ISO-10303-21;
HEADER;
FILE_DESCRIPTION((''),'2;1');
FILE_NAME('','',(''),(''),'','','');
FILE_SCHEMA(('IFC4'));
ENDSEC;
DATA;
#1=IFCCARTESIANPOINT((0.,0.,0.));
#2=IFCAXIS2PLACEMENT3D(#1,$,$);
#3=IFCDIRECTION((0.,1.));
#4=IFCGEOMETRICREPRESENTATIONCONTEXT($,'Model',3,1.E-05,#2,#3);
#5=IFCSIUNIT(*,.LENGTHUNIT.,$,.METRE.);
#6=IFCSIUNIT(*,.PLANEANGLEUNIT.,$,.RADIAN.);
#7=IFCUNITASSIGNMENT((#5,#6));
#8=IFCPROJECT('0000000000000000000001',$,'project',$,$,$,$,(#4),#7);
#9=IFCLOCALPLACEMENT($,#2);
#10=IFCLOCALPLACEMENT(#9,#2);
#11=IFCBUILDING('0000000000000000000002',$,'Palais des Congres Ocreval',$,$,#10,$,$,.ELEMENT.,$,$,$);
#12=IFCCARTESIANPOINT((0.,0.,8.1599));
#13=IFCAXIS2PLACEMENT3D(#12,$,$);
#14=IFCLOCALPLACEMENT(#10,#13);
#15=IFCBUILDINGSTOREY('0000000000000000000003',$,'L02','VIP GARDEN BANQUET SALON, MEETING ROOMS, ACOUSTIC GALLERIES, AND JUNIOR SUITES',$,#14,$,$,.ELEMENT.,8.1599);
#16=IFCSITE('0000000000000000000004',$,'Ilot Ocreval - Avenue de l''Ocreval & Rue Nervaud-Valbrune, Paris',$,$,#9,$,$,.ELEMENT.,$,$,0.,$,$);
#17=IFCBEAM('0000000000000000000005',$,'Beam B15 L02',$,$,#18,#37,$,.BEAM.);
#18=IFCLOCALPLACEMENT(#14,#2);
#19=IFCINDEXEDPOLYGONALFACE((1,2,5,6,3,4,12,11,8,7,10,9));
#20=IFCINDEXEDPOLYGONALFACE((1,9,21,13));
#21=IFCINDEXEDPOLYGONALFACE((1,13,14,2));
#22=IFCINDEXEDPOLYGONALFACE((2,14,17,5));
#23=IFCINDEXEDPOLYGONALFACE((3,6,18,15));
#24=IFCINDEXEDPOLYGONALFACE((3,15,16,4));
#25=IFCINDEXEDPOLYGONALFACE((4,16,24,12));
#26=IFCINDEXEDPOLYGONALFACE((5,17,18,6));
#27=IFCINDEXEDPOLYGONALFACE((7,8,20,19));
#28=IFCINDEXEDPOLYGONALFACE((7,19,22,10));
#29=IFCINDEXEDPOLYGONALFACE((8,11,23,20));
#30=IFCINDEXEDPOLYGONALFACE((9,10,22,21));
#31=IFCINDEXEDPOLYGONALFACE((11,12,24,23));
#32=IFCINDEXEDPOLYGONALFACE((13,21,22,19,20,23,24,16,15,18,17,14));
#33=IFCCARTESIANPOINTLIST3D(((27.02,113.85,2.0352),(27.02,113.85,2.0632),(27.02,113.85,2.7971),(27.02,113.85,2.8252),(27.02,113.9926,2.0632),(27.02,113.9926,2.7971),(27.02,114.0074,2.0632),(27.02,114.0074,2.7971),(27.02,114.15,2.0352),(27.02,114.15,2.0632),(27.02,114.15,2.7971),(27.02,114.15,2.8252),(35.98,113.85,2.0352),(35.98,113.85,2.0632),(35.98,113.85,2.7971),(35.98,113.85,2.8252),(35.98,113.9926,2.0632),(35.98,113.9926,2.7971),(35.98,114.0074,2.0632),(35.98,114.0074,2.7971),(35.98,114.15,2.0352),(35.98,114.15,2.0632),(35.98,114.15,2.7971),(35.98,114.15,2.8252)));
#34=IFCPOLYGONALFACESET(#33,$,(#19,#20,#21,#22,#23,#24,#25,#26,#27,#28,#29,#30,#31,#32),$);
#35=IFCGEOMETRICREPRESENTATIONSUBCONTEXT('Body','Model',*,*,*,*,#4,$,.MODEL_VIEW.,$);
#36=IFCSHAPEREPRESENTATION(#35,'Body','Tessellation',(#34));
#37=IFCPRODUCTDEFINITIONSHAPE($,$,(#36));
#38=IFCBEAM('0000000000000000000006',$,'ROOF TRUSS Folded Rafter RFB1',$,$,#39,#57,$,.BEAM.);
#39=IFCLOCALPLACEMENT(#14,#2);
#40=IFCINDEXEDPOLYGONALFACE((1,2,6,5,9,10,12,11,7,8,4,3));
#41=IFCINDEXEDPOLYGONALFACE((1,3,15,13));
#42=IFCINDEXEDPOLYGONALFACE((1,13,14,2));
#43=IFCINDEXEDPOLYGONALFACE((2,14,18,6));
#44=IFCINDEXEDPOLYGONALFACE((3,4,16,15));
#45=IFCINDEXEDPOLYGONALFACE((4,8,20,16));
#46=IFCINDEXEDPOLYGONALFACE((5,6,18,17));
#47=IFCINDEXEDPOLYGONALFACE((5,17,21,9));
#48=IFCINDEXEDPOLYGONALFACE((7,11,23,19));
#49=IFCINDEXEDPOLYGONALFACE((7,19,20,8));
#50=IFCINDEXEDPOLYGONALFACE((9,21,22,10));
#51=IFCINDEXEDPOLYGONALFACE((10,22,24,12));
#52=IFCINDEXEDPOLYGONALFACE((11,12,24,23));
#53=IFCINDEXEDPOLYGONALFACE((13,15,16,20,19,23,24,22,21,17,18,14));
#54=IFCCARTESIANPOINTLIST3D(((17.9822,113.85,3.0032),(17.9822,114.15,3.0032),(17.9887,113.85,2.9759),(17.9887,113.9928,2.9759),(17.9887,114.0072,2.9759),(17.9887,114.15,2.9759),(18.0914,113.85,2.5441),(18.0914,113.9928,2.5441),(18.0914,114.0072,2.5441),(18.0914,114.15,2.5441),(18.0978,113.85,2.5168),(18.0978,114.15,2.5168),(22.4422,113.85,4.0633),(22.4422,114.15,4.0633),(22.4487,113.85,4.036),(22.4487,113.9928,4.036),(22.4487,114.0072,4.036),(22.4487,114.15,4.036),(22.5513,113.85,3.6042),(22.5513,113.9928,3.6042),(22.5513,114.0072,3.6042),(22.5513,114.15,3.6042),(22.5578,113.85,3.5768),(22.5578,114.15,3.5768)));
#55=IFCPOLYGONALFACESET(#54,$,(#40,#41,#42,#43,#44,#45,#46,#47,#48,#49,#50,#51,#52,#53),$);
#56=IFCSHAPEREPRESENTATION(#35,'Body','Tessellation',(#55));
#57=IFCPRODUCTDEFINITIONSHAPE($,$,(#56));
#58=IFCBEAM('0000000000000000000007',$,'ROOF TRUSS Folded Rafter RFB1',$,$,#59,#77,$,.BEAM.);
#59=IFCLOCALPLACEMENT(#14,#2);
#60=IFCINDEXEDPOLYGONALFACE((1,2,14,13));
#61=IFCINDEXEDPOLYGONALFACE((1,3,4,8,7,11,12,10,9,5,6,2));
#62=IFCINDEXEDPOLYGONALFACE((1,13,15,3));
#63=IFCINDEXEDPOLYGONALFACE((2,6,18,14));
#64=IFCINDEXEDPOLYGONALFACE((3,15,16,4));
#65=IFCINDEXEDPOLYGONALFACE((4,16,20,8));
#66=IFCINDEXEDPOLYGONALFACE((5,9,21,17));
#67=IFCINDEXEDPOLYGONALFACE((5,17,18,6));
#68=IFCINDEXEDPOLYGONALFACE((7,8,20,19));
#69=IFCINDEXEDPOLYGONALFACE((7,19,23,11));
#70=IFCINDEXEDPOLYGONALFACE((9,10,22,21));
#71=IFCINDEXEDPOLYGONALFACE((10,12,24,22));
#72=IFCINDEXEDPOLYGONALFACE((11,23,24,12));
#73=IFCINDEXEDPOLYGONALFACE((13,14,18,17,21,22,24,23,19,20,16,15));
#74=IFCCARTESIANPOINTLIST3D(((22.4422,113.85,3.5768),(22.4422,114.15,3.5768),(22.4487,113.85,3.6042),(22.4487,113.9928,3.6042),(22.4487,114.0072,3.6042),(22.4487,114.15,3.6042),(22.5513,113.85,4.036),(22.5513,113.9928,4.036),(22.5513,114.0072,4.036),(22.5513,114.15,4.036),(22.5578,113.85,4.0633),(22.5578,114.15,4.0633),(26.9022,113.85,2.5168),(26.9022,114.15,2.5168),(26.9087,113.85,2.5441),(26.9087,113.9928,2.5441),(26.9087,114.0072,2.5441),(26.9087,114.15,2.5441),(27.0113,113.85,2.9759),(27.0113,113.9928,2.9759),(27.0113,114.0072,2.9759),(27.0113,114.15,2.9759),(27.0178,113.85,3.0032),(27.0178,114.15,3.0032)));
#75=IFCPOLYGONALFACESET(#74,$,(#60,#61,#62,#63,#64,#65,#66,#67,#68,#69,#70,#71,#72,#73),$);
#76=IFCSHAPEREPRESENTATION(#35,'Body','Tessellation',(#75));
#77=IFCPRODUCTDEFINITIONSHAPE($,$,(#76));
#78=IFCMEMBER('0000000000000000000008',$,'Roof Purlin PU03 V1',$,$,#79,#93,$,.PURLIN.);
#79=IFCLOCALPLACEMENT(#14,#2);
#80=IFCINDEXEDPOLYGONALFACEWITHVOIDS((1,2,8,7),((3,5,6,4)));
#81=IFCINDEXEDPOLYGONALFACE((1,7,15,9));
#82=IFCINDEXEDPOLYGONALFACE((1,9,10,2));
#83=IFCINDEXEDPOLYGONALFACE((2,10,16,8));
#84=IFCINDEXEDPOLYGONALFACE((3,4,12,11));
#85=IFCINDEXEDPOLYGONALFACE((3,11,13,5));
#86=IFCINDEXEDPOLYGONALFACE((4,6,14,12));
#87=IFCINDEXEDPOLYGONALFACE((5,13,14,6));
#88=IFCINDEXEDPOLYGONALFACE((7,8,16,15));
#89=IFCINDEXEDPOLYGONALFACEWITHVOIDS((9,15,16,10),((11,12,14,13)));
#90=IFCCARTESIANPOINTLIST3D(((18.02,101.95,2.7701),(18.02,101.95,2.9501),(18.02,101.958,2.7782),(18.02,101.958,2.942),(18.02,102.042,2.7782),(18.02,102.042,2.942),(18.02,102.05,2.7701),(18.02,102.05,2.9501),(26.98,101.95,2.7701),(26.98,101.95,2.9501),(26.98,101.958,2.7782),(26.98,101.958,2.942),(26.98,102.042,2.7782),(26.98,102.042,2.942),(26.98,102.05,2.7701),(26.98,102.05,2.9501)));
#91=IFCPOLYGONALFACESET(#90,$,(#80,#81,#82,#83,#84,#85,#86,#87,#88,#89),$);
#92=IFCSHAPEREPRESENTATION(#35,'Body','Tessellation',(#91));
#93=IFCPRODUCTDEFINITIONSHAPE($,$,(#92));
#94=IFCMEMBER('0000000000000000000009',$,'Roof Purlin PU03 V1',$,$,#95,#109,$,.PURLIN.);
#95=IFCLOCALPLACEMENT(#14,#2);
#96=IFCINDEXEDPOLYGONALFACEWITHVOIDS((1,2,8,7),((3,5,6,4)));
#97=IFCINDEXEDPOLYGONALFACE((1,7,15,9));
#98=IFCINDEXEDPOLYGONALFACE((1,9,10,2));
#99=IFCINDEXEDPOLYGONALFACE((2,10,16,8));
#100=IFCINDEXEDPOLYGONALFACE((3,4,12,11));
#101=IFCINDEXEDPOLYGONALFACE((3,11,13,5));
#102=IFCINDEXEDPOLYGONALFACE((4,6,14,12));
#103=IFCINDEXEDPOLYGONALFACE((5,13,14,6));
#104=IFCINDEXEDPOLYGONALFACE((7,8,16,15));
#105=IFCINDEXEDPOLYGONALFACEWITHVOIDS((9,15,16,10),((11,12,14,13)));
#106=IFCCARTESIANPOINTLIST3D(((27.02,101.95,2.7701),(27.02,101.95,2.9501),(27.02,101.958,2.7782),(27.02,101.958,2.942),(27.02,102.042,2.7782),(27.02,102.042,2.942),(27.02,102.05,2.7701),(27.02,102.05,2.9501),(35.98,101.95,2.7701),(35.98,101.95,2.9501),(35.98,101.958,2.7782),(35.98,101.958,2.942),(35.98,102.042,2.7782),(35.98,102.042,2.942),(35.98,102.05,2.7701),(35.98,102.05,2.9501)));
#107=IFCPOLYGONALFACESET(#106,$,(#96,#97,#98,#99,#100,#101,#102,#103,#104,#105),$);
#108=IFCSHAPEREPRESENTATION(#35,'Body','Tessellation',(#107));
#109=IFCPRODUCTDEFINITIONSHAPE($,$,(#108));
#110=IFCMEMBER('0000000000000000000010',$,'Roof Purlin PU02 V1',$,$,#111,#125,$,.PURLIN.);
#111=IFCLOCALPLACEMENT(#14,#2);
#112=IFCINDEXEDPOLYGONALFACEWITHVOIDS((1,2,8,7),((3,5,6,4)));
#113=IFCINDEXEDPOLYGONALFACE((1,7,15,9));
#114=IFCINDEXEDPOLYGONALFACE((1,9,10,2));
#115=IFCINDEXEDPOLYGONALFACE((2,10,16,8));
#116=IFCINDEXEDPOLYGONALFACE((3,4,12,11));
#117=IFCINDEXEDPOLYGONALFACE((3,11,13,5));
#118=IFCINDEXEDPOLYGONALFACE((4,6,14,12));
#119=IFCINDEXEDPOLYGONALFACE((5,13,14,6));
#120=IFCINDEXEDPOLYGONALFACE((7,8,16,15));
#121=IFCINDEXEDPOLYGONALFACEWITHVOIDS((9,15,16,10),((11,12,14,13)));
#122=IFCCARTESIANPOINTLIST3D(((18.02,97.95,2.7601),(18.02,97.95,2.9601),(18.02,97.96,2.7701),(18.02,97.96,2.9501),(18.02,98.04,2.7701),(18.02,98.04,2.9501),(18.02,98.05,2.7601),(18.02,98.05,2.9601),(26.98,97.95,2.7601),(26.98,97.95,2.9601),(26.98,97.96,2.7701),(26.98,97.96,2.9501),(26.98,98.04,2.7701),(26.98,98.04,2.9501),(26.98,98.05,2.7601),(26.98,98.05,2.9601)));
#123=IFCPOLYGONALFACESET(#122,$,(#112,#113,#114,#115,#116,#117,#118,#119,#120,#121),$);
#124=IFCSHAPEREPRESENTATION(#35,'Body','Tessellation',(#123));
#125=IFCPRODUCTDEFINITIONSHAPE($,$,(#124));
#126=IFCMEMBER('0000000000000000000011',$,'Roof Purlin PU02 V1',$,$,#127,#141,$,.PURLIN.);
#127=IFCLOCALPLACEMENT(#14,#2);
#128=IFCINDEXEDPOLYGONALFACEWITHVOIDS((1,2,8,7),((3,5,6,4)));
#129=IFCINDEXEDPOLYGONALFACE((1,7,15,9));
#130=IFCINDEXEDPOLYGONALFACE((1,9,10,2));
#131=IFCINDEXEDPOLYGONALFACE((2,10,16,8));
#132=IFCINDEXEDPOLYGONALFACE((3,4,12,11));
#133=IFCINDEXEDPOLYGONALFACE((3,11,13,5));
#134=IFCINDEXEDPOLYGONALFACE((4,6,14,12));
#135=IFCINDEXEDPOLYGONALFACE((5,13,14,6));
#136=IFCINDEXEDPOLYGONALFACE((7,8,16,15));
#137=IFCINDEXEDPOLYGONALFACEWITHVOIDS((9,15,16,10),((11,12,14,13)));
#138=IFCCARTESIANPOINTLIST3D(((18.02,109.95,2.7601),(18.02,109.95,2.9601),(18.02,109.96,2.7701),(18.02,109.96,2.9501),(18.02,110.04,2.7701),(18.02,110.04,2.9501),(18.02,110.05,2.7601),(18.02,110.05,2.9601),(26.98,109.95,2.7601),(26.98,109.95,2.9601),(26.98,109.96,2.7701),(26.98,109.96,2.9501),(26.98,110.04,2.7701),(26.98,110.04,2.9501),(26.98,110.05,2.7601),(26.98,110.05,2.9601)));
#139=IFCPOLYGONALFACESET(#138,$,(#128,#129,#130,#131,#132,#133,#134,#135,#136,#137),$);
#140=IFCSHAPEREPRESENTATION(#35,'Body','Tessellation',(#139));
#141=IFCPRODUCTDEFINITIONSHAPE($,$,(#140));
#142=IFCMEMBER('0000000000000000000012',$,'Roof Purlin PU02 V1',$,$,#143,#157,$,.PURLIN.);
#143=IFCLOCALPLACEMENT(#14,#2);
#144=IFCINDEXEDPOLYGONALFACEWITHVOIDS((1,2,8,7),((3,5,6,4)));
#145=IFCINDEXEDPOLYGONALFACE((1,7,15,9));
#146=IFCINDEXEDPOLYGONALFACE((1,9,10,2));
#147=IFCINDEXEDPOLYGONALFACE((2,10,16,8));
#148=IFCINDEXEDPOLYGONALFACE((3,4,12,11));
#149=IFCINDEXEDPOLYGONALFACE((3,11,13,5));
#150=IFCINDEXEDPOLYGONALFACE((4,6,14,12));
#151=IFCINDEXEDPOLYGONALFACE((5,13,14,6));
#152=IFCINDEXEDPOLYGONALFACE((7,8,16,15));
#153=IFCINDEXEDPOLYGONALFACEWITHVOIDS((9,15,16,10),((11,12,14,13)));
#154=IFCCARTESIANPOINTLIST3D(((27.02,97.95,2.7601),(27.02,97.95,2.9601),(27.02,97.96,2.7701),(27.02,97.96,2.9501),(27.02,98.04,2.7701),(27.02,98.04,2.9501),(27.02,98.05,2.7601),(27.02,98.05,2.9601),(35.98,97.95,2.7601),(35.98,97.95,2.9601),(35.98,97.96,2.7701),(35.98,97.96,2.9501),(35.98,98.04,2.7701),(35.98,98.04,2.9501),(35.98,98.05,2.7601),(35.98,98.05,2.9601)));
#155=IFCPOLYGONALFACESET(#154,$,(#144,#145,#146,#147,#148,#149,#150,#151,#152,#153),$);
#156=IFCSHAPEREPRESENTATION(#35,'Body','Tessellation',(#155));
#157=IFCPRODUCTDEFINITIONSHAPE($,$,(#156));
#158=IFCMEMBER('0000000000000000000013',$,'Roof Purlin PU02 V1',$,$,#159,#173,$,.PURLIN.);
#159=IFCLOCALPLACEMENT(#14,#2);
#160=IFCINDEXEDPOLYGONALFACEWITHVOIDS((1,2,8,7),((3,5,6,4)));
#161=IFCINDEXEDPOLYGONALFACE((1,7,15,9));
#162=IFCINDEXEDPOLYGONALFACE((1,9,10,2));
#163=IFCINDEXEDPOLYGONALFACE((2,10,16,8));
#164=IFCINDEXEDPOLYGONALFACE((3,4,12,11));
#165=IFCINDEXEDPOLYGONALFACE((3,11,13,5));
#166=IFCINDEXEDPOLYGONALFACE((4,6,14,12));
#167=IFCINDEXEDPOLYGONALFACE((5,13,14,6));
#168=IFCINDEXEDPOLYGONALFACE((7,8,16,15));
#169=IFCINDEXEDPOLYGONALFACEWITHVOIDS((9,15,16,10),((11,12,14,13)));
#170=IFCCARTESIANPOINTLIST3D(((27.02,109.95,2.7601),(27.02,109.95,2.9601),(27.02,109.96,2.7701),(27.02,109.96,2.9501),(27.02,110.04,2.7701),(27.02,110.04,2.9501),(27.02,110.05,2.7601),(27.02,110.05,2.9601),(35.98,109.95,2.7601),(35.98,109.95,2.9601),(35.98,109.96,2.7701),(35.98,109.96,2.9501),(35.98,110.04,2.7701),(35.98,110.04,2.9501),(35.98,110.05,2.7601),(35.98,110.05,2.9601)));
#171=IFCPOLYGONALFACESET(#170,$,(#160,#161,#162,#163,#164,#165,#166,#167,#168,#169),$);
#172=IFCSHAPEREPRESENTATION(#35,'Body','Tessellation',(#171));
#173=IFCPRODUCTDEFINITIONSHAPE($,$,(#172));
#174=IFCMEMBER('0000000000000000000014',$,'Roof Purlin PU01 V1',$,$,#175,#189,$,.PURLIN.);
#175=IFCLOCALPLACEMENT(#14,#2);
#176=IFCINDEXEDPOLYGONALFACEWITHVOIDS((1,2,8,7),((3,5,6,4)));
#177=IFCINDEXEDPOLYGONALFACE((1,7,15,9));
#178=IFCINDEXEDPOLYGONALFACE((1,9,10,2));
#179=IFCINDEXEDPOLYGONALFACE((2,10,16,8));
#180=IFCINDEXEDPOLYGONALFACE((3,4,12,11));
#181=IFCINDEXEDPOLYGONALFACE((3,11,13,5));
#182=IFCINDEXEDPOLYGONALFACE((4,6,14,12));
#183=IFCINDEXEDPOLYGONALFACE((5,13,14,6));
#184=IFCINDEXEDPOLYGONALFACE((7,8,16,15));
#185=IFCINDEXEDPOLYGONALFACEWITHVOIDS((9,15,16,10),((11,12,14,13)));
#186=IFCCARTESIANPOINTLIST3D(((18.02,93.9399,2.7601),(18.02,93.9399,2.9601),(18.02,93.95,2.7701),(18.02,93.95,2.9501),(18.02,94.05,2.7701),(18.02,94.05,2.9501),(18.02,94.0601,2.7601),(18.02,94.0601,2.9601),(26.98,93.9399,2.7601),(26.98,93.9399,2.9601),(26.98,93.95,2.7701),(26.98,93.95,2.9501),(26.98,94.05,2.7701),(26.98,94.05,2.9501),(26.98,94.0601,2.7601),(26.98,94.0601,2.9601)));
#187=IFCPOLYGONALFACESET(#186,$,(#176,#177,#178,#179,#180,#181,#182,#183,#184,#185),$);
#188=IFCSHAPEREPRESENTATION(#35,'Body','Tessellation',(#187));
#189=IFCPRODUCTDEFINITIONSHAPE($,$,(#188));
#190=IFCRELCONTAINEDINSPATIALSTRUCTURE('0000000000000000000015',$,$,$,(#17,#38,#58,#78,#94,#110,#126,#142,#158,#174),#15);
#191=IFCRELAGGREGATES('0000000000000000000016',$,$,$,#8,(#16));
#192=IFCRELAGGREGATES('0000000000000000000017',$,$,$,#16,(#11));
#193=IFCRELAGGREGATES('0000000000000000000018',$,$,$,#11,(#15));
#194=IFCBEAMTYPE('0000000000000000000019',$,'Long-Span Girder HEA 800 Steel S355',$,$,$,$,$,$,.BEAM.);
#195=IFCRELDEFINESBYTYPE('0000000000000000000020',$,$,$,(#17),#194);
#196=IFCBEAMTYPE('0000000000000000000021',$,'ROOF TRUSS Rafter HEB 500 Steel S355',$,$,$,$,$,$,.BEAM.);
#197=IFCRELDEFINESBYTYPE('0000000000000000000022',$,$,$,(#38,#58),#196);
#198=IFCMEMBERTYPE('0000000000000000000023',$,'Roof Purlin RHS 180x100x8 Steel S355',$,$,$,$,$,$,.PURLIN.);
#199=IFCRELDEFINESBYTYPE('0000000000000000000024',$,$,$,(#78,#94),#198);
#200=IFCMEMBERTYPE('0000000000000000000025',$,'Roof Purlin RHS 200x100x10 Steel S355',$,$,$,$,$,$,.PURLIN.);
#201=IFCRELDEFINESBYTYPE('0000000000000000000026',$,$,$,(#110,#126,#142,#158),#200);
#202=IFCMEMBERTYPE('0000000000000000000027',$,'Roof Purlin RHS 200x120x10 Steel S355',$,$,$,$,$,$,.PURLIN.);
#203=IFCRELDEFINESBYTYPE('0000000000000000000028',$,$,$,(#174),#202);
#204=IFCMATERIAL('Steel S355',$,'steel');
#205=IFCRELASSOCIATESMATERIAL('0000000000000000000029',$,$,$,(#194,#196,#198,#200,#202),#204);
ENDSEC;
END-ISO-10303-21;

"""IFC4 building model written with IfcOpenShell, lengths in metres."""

from ifc_helpers import new_model, si_unit, direction, frame, origin, origin_2d, place, context, subcontext, project, spatial, hollow_rectangle, i_section, extrude, material, material_profile, profile_set, type_object, element, save


model = new_model("IFC4")

# Units and contexts
model_context = context("Model", 3, precision=1e-05, world=origin(), true_north=direction((0.0, 1.0)))
body_context = subcontext(model_context, "Body", "Model", "MODEL_VIEW")
ifc_project = project(units=[si_unit("LENGTHUNIT", "METRE"), si_unit("PLANEANGLEUNIT", "RADIAN")], contexts=[model_context])

# Site, building, storey
site_placement = place(None, origin())
site = spatial("IfcSite", under=ifc_project, at=site_placement, Name="Ilot Ocreval - Avenue de l'Ocreval & Rue Nervaud-Valbrune, Paris", CompositionType="ELEMENT", RefElevation=0.0)
building_placement = place(site_placement, origin())
building = spatial("IfcBuilding", under=site, at=building_placement, Name="Palais des Congres Ocreval", CompositionType="ELEMENT")
storey_placement = place(building_placement, frame((0.0, 0.0, 8.1599)))
storey = spatial("IfcBuildingStorey", under=building, at=storey_placement, Name="L02", Description="VIP GARDEN BANQUET SALON, MEETING ROOMS, ACOUSTIC GALLERIES, AND JUNIOR SUITES", CompositionType="ELEMENT", Elevation=8.1599)

# Shared definitions
ifc_material_1 = material(Name="Steel S355", Category="steel")

# Beams
ifc_material_profile_1 = material_profile(ifc_material_1, i_section(OverallWidth=0.3, OverallDepth=0.79, WebThickness=0.0149, FlangeThickness=0.0281, at=origin_2d()), Name="HEA 800")
ifc_profile_set_1 = profile_set([ifc_material_profile_1], Name="Steel S355")
beam_type_1 = type_object("IfcBeamType", Name="Long-Span Girder HEA 800 Steel S355", PredefinedType="BEAM", material=ifc_profile_set_1)
for number, where, z_axis, x_axis, name in (
    (1, (27.02, 114.0, 2.4302), (1.0, 0.0, 0.0), (0.0, 1.0, 0.0), "Beam B15 L02"),
):
    element("IfcBeam", number, at=place(storey_placement, frame(where, z_axis=z_axis, x_axis=x_axis)), inside=storey, type_object=beam_type_1, Name=name, PredefinedType="BEAM", context=body_context, shape_type="SweptSolid", body=[
        extrude(i_section(OverallWidth=0.3, OverallDepth=0.79, WebThickness=0.0149, FlangeThickness=0.0281, at=origin_2d()), origin(), (0.0, 0.0, 1.0), 8.96),
    ])
ifc_material_profile_2 = material_profile(ifc_material_1, i_section(OverallWidth=0.3, OverallDepth=0.5, WebThickness=0.0144, FlangeThickness=0.0281, at=origin_2d()), Name="HEB 500")
ifc_profile_set_2 = profile_set([ifc_material_profile_2], Name="Steel S355")
beam_type_2 = type_object("IfcBeamType", Name="ROOF TRUSS Rafter HEB 500 Steel S355", PredefinedType="BEAM", material=ifc_profile_set_2)
for number, where, z_axis, x_axis, name in (
    (2, (18.04, 114.0, 2.76), (0.972896, 0.0, 0.231241), (0.0, 1.0, 0.0), "ROOF TRUSS Folded Rafter RFB1"),
    (3, (22.5, 114.0, 3.8201), (0.972896, 0.0, -0.231241), (0.0, 1.0, 0.0), "ROOF TRUSS Folded Rafter RFB1"),
):
    element("IfcBeam", number, at=place(storey_placement, frame(where, z_axis=z_axis, x_axis=x_axis)), inside=storey, type_object=beam_type_2, Name=name, PredefinedType="BEAM", context=body_context, shape_type="SweptSolid", body=[
        extrude(i_section(OverallWidth=0.3, OverallDepth=0.5, WebThickness=0.0144, FlangeThickness=0.0281, at=origin_2d()), origin(), (0.0, 0.0, 1.0), 4.5842),
    ])

# Members
ifc_material_profile_3 = material_profile(ifc_material_1, hollow_rectangle(XDim=0.1001, YDim=0.1799, WallThickness=0.0081, at=origin_2d()), Name="RHS 180x100x8")
ifc_profile_set_3 = profile_set([ifc_material_profile_3], Name="Steel S355")
member_type_1 = type_object("IfcMemberType", Name="Roof Purlin RHS 180x100x8 Steel S355", PredefinedType="PURLIN", material=ifc_profile_set_3)
for number, where, z_axis, x_axis, name in (
    (4, (18.02, 102.0, 2.8601), (1.0, 0.0, 0.0), (0.0, 1.0, 0.0), "Roof Purlin PU03 V1"),
    (5, (27.02, 102.0, 2.8601), (1.0, 0.0, 0.0), (0.0, 1.0, 0.0), "Roof Purlin PU03 V1"),
):
    element("IfcMember", number, at=place(storey_placement, frame(where, z_axis=z_axis, x_axis=x_axis)), inside=storey, type_object=member_type_1, Name=name, PredefinedType="PURLIN", context=body_context, shape_type="SweptSolid", body=[
        extrude(hollow_rectangle(XDim=0.1001, YDim=0.1799, WallThickness=0.0081, at=origin_2d()), origin(), (0.0, 0.0, 1.0), 8.96),
    ])
ifc_material_profile_4 = material_profile(ifc_material_1, hollow_rectangle(XDim=0.1001, YDim=0.2, WallThickness=0.01, at=origin_2d()), Name="RHS 200x100x10")
ifc_profile_set_4 = profile_set([ifc_material_profile_4], Name="Steel S355")
member_type_2 = type_object("IfcMemberType", Name="Roof Purlin RHS 200x100x10 Steel S355", PredefinedType="PURLIN", material=ifc_profile_set_4)
for number, where, z_axis, x_axis, name in (
    (6, (18.02, 98.0, 2.8601), (1.0, 0.0, 0.0), (0.0, 1.0, 0.0), "Roof Purlin PU02 V1"),
    (7, (18.02, 110.0, 2.8601), (1.0, 0.0, 0.0), (0.0, 1.0, 0.0), "Roof Purlin PU02 V1"),
    (8, (27.02, 98.0, 2.8601), (1.0, 0.0, 0.0), (0.0, 1.0, 0.0), "Roof Purlin PU02 V1"),
    (9, (27.02, 110.0, 2.8601), (1.0, 0.0, 0.0), (0.0, 1.0, 0.0), "Roof Purlin PU02 V1"),
):
    element("IfcMember", number, at=place(storey_placement, frame(where, z_axis=z_axis, x_axis=x_axis)), inside=storey, type_object=member_type_2, Name=name, PredefinedType="PURLIN", context=body_context, shape_type="SweptSolid", body=[
        extrude(hollow_rectangle(XDim=0.1001, YDim=0.2, WallThickness=0.01, at=origin_2d()), origin(), (0.0, 0.0, 1.0), 8.96),
    ])
ifc_material_profile_5 = material_profile(ifc_material_1, hollow_rectangle(XDim=0.1201, YDim=0.2, WallThickness=0.01, at=origin_2d()), Name="RHS 200x120x10")
ifc_profile_set_5 = profile_set([ifc_material_profile_5], Name="Steel S355")
member_type_3 = type_object("IfcMemberType", Name="Roof Purlin RHS 200x120x10 Steel S355", PredefinedType="PURLIN", material=ifc_profile_set_5)
for number, where, z_axis, x_axis, name in (
    (10, (18.02, 94.0, 2.8601), (1.0, 0.0, 0.0), (0.0, 1.0, 0.0), "Roof Purlin PU01 V1"),
):
    element("IfcMember", number, at=place(storey_placement, frame(where, z_axis=z_axis, x_axis=x_axis)), inside=storey, type_object=member_type_3, Name=name, PredefinedType="PURLIN", context=body_context, shape_type="SweptSolid", body=[
        extrude(hollow_rectangle(XDim=0.1201, YDim=0.2, WallThickness=0.01, at=origin_2d()), origin(), (0.0, 0.0, 1.0), 8.96),
    ])

save(model, "model.ifc")
